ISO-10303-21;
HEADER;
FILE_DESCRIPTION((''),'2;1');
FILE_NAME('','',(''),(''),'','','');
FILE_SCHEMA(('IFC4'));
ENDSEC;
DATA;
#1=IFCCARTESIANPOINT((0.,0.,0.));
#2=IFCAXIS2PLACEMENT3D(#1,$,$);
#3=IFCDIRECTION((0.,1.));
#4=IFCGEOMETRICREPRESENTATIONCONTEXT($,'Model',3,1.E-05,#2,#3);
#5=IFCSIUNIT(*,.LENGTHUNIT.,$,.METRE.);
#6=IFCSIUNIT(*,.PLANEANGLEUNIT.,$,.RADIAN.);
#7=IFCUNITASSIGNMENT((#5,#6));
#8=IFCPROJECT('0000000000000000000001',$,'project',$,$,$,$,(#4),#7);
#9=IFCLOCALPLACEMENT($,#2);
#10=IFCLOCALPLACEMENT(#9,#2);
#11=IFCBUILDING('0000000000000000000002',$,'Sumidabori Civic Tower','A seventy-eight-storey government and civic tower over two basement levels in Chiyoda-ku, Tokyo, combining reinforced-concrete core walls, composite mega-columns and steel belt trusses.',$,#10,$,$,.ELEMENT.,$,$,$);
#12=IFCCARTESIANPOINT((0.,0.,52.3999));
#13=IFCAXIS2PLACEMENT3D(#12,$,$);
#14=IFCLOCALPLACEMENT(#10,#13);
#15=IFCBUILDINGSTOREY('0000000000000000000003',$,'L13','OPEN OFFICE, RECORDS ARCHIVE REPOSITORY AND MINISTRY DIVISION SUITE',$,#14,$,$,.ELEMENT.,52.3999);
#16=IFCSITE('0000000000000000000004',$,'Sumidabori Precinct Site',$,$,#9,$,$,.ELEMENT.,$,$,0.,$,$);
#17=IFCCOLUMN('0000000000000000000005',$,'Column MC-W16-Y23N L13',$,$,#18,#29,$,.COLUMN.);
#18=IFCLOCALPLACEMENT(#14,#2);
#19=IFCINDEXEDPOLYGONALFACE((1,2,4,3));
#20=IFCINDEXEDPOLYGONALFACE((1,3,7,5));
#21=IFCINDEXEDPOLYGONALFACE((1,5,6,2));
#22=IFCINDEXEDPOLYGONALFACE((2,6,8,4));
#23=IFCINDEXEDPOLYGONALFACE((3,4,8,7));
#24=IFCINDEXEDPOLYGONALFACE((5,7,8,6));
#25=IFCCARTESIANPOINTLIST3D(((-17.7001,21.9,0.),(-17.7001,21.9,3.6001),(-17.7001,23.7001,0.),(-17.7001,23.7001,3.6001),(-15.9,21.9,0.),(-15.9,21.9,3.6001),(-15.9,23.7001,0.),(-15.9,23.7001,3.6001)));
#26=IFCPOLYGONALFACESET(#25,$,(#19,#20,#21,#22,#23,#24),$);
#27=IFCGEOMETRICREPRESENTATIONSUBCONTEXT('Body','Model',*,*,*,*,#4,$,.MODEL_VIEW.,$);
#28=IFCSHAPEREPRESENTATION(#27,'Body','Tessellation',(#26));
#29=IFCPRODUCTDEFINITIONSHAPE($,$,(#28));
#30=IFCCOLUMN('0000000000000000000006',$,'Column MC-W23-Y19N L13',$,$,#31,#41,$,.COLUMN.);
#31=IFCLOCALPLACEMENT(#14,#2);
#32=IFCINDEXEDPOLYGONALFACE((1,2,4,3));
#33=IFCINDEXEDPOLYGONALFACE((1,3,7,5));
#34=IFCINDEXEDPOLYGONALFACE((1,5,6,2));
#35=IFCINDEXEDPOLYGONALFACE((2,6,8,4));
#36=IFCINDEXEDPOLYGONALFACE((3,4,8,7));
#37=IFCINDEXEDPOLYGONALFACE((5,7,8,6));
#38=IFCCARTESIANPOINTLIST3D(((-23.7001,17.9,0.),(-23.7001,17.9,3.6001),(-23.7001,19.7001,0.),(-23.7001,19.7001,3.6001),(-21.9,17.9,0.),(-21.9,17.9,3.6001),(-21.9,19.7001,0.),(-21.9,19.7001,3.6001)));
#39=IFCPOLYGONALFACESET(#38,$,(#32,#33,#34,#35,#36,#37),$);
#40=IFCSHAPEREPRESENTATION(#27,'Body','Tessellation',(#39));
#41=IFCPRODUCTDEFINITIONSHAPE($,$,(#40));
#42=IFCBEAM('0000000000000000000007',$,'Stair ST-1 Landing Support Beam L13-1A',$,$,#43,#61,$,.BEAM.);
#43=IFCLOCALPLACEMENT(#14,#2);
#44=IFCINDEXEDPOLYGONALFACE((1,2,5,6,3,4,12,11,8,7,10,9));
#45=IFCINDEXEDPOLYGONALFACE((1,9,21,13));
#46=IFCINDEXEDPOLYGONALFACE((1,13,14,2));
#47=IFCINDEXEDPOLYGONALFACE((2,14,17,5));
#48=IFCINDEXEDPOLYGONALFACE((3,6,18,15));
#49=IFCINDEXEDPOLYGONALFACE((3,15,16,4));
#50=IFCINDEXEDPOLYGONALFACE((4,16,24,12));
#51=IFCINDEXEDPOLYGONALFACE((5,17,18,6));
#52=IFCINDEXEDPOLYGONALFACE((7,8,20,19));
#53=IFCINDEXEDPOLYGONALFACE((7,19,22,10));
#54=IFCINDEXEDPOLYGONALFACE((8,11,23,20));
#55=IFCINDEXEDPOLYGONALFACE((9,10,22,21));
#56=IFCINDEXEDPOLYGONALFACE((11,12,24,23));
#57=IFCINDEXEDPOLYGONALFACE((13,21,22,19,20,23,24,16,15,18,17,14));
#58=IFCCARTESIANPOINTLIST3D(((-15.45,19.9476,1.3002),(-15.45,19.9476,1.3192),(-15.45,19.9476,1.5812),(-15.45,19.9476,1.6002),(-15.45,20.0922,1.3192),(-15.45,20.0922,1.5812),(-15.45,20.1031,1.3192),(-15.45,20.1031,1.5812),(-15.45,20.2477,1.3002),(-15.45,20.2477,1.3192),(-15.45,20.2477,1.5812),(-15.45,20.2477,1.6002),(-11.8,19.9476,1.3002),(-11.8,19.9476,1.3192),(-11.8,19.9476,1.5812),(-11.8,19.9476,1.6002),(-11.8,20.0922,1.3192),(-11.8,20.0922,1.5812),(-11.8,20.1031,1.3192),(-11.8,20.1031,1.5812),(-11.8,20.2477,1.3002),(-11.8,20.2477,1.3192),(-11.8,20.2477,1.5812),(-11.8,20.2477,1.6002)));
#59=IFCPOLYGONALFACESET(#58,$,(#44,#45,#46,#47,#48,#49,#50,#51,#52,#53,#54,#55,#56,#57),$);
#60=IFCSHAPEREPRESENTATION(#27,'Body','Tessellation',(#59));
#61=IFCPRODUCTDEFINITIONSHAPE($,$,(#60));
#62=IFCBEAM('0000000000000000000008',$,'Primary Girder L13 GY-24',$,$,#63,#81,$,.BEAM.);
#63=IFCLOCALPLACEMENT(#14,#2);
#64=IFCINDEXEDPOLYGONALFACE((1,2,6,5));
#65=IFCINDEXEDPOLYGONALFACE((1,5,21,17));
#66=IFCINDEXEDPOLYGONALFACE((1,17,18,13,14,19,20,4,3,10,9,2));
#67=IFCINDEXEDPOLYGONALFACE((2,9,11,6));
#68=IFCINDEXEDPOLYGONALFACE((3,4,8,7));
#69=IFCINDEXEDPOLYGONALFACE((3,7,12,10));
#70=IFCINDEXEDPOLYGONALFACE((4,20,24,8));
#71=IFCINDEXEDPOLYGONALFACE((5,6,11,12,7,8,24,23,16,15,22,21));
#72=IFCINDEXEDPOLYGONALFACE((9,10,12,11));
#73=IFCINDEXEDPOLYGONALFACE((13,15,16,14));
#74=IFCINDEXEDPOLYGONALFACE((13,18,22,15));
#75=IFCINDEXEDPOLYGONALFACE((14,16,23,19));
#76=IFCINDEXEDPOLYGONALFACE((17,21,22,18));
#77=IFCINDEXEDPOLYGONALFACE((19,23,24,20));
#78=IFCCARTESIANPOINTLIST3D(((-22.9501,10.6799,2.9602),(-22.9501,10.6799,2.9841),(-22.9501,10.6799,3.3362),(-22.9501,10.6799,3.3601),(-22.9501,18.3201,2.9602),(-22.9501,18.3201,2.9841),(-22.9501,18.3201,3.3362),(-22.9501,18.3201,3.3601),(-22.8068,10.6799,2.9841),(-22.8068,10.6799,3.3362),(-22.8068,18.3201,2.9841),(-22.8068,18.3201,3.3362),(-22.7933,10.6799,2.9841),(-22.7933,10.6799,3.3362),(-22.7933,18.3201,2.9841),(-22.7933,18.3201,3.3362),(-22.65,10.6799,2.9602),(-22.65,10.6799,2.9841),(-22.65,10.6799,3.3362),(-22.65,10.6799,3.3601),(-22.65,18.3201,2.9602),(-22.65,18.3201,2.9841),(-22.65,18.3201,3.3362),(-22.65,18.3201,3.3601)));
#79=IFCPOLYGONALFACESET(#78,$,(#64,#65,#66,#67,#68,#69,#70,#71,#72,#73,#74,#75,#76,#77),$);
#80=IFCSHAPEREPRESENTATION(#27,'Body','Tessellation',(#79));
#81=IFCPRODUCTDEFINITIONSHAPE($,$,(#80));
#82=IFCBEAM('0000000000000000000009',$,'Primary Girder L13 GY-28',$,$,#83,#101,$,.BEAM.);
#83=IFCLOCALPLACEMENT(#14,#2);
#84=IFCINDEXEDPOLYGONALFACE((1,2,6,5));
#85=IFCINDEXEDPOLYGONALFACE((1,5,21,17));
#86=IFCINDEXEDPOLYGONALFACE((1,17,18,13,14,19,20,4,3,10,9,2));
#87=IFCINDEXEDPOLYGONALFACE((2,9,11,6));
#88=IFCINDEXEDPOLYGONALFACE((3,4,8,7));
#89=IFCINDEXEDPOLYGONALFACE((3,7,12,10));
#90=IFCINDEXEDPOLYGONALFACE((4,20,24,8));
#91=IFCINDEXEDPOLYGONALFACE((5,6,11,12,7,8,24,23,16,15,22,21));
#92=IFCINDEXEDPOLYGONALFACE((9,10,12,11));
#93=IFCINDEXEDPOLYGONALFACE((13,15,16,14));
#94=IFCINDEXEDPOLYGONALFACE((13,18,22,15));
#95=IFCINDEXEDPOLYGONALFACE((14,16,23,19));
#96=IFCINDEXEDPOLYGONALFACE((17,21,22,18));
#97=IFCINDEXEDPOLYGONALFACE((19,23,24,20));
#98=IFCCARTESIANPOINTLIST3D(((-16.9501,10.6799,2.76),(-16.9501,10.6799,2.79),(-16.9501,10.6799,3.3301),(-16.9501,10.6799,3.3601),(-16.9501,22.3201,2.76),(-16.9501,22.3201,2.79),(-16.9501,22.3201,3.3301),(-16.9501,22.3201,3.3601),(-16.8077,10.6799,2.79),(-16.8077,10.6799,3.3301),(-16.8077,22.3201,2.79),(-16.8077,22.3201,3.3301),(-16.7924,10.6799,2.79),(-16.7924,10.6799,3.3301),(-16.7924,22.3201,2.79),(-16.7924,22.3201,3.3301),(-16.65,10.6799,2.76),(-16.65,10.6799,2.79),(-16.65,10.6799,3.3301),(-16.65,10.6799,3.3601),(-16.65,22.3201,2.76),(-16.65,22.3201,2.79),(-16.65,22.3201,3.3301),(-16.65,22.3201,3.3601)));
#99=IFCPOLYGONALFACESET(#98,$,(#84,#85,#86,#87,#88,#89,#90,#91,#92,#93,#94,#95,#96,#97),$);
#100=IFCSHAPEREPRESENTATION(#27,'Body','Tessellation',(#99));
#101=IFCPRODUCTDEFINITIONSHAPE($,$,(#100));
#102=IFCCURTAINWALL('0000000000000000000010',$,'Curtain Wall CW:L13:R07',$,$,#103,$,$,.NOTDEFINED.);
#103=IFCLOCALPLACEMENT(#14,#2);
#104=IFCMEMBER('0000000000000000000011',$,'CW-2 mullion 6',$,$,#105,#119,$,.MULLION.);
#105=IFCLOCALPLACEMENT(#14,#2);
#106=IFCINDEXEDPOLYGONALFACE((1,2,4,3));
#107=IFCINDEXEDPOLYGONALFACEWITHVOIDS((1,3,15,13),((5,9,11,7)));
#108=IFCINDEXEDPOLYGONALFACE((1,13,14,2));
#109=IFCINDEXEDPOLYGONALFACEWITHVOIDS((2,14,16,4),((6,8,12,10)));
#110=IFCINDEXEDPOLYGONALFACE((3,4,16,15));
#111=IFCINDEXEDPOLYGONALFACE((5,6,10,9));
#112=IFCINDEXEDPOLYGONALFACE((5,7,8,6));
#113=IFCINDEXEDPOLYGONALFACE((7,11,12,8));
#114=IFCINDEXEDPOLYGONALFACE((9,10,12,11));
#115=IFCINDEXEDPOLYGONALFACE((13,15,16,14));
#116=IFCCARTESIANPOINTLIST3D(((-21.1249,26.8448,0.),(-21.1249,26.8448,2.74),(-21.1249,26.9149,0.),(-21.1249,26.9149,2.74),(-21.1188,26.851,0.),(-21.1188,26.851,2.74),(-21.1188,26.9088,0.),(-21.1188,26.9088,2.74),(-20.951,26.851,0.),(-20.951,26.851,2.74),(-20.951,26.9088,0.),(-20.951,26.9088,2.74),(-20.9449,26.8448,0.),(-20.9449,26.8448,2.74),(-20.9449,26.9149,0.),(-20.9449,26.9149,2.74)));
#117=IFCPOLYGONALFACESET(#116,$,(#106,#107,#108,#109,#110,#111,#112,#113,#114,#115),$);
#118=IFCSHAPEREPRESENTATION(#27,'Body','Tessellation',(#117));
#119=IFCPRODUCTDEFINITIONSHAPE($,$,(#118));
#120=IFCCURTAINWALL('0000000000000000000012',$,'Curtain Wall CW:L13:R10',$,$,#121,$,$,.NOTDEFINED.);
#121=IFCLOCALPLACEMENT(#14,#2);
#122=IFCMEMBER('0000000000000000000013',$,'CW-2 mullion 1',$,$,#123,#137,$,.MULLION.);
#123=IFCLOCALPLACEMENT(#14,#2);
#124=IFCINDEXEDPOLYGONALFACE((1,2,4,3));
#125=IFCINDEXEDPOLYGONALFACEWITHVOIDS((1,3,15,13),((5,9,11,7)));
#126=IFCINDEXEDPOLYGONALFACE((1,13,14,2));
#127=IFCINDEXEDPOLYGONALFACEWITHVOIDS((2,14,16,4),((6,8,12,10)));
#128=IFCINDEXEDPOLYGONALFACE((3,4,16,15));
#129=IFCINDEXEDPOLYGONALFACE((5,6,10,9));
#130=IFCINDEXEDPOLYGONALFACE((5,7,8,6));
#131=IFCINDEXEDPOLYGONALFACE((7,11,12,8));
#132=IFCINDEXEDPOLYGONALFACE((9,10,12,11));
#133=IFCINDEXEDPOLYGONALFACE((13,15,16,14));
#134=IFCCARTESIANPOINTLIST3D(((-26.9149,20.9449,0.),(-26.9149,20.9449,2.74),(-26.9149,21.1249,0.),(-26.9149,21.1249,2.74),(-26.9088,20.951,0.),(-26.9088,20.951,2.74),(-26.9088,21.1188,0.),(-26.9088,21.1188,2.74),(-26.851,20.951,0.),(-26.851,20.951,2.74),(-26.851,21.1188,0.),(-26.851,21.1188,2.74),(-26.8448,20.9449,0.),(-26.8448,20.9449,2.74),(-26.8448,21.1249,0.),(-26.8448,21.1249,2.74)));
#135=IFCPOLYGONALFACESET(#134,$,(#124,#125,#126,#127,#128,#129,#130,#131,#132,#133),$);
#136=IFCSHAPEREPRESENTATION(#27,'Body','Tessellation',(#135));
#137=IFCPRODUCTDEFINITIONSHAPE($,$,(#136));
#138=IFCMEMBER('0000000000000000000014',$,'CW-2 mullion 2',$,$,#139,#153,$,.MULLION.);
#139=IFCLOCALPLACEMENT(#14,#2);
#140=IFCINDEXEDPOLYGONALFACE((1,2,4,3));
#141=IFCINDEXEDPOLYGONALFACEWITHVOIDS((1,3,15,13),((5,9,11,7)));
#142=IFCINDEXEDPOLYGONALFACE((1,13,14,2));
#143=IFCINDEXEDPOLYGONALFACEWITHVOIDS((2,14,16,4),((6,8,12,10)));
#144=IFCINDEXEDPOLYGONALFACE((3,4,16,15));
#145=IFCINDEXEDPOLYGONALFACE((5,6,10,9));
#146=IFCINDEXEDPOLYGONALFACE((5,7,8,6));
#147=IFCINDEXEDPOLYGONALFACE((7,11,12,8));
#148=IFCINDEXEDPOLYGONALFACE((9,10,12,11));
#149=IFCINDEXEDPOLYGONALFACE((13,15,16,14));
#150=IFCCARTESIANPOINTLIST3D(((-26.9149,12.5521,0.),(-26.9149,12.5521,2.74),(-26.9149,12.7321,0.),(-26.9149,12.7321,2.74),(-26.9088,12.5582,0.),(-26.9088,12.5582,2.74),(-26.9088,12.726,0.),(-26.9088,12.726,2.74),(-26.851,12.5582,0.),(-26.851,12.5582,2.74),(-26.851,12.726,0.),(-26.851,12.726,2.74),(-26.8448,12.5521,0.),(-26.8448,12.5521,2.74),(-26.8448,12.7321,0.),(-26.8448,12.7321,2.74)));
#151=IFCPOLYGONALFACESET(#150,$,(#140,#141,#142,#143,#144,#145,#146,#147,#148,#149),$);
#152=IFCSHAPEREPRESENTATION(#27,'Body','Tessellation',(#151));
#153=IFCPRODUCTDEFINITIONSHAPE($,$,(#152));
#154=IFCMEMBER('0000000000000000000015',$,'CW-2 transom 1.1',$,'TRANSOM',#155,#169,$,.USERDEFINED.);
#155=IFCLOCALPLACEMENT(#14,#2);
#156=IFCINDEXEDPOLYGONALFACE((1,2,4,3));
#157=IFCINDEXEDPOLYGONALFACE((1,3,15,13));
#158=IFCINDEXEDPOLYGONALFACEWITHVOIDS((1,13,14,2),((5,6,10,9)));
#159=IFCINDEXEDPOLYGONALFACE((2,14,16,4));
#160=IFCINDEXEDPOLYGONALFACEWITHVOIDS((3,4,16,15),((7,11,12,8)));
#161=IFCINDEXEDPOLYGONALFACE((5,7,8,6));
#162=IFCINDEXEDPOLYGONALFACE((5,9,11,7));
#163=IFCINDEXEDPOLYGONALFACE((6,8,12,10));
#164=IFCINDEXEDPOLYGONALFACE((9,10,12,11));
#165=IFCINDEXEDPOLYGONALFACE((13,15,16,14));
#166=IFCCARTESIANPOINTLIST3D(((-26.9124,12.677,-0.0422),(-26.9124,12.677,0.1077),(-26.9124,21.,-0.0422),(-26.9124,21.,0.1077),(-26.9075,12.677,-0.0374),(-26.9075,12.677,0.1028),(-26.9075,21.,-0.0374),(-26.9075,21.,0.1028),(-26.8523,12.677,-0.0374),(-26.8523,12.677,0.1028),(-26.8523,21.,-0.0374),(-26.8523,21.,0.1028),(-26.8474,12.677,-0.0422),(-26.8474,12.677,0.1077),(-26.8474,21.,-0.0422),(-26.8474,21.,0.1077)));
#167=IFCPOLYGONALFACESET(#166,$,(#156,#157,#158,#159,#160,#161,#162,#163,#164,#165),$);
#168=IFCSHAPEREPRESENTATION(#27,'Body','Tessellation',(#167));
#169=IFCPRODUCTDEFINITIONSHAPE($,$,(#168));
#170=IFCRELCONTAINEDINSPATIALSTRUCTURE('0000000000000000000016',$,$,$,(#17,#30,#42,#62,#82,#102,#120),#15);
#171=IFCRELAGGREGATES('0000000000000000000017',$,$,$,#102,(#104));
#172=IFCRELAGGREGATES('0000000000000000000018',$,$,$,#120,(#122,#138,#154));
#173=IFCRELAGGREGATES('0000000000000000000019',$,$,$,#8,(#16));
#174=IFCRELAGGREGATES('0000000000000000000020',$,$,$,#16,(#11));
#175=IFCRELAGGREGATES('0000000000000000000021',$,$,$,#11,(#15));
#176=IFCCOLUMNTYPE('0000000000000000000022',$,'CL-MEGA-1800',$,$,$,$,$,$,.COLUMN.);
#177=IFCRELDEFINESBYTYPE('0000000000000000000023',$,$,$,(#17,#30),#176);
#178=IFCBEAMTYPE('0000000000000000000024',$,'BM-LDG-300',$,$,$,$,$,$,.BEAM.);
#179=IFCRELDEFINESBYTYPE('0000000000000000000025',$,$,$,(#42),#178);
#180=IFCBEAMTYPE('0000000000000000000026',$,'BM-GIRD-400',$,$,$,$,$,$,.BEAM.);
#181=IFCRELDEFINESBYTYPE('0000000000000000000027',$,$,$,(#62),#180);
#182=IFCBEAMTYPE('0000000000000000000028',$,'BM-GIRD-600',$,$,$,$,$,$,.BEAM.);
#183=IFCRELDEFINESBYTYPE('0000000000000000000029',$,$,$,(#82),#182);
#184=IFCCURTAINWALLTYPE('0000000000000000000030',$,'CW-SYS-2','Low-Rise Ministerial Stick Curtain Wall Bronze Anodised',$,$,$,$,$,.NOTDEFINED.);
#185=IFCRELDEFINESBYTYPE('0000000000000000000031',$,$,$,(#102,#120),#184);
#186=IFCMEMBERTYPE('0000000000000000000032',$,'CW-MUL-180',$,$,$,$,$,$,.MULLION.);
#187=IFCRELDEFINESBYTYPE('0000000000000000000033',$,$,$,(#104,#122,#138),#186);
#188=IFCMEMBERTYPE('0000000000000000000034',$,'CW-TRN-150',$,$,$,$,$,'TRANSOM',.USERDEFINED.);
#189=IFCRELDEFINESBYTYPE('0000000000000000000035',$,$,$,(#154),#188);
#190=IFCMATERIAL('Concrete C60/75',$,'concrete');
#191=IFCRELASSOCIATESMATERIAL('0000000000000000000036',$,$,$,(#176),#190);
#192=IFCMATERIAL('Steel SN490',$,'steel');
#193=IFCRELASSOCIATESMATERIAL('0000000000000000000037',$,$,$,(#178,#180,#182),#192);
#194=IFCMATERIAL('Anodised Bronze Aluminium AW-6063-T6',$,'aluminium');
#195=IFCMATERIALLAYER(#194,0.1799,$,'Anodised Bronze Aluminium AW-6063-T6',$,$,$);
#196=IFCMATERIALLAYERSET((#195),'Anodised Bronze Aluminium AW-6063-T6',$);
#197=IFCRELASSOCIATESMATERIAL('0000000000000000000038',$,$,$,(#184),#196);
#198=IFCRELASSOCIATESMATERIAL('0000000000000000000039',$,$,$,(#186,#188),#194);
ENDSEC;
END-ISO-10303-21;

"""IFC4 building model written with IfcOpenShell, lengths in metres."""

from ifc_helpers import new_model, si_unit, direction, frame, origin, origin_2d, place, context, subcontext, project, spatial, rectangle, hollow_rectangle, i_section, extrude, source, transform, mapped, material, layer, layer_set, material_profile, profile_set, type_object, element, aggregate, save


model = new_model("IFC4")

# Units and contexts
model_context = context("Model", 3, precision=1e-05, world=origin(), true_north=direction((0.0, 1.0)))
body_context = subcontext(model_context, "Body", "Model", "MODEL_VIEW")
ifc_project = project(units=[si_unit("LENGTHUNIT", "METRE"), si_unit("PLANEANGLEUNIT", "RADIAN")], contexts=[model_context])

# Site, building, storey
site_placement = place(None, origin())
site = spatial("IfcSite", under=ifc_project, at=site_placement, Name="Sumidabori Precinct Site", CompositionType="ELEMENT", RefElevation=0.0)
building_placement = place(site_placement, origin())
building = spatial("IfcBuilding", under=site, at=building_placement, Name="Sumidabori Civic Tower", Description="A seventy-eight-storey government and civic tower over two basement levels in Chiyoda-ku, Tokyo, combining reinforced-concrete core walls, composite mega-columns and steel belt trusses.", CompositionType="ELEMENT")
storey_placement = place(building_placement, frame((0.0, 0.0, 52.3999)))
storey = spatial("IfcBuildingStorey", under=building, at=storey_placement, Name="L13", Description="OPEN OFFICE, RECORDS ARCHIVE REPOSITORY AND MINISTRY DIVISION SUITE", CompositionType="ELEMENT", Elevation=52.3999)

# Columns
ifc_material_1 = material(Name="Concrete C60/75", Category="concrete")
ifc_material_profile_1 = material_profile(ifc_material_1, rectangle(XDim=1.8, YDim=1.8, at=origin_2d()), Name="RC 1800x1800")
ifc_profile_set_1 = profile_set([ifc_material_profile_1], Name="Concrete C60/75")
column_type = type_object("IfcColumnType", Name="CL-MEGA-1800", PredefinedType="COLUMN", material=ifc_profile_set_1)
shared_shape_1 = source(origin(), body_context, "Body", "SweptSolid", [
    extrude(rectangle(XDim=1.8, YDim=1.8, at=origin_2d()), origin(), (0.0, 0.0, 1.0), 3.6001),
])
for number, where, z_axis, x_axis, name in (
    (1, (-16.8, 22.8, 0.0), (0.0, 0.0, 1.0), (1.0, 0.0, 0.0), "Column MC-W16-Y23N L13"),
    (2, (-22.8, 18.8, 0.0), (0.0, 0.0, 1.0), (1.0, 0.0, 0.0), "Column MC-W23-Y19N L13"),
):
    element("IfcColumn", number, at=place(storey_placement, frame(where, z_axis=z_axis, x_axis=x_axis)), inside=storey, type_object=column_type, Name=name, PredefinedType="COLUMN", context=body_context, shape_type="MappedRepresentation", body=[
        mapped(shared_shape_1, transform((0.0, 0.0, 0.0), x_axis=(1.0, 0.0, 0.0), y_axis=(0.0, 1.0, 0.0), z_axis=(0.0, 0.0, 1.0), scale=1.0)),
    ])

# Beams
ifc_material_2 = material(Name="Steel SN490", Category="steel")
ifc_material_profile_2 = material_profile(ifc_material_2, i_section(OverallWidth=0.3, OverallDepth=0.3, WebThickness=0.011, FlangeThickness=0.019, at=origin_2d()), Name="HE 300 B")
ifc_profile_set_2 = profile_set([ifc_material_profile_2], Name="Steel SN490")
beam_type_1 = type_object("IfcBeamType", Name="BM-LDG-300", PredefinedType="BEAM", material=ifc_profile_set_2)
shared_shape_2 = source(origin(), body_context, "Body", "SweptSolid", [
    extrude(i_section(OverallWidth=0.3, OverallDepth=0.3, WebThickness=0.011, FlangeThickness=0.019, at=origin_2d()), origin(), (0.0, 0.0, 1.0), 3.6499),
])
beam_1_placement = place(storey_placement, frame((-15.45, 20.0977, 1.4502), z_axis=(1.0, 0.0, 0.0), x_axis=(0.0, 1.0, 0.0)))
element("IfcBeam", 3, at=beam_1_placement, inside=storey, type_object=beam_type_1, Name="Stair ST-1 Landing Support Beam L13-1A", PredefinedType="BEAM", context=body_context, shape_type="MappedRepresentation", body=[
    mapped(shared_shape_2, transform((0.0, 0.0, 0.0), x_axis=(1.0, 0.0, 0.0), y_axis=(0.0, 1.0, 0.0), z_axis=(0.0, 0.0, 1.0), scale=1.0)),
])
ifc_material_profile_3 = material_profile(ifc_material_2, i_section(OverallWidth=0.3, OverallDepth=0.3999, WebThickness=0.0134, FlangeThickness=0.0239, at=origin_2d()), Name="HE 400 B")
ifc_profile_set_3 = profile_set([ifc_material_profile_3], Name="Steel SN490")
beam_type_2 = type_object("IfcBeamType", Name="BM-GIRD-400", PredefinedType="BEAM", material=ifc_profile_set_3)
shared_shape_3 = source(origin(), body_context, "Body", "SweptSolid", [
    extrude(i_section(OverallWidth=0.3, OverallDepth=0.3999, WebThickness=0.0134, FlangeThickness=0.0239, at=origin_2d()), origin(), (0.0, 0.0, 1.0), 7.6401),
])
beam_2_placement = place(storey_placement, frame((-22.8, 10.6799, 3.1602), z_axis=(0.0, 1.0, 0.0), x_axis=(-1.0, 0.0, 0.0)))
element("IfcBeam", 4, at=beam_2_placement, inside=storey, type_object=beam_type_2, Name="Primary Girder L13 GY-24", PredefinedType="BEAM", context=body_context, shape_type="MappedRepresentation", body=[
    mapped(shared_shape_3, transform((0.0, 0.0, 0.0), x_axis=(1.0, 0.0, 0.0), y_axis=(0.0, 1.0, 0.0), z_axis=(0.0, 0.0, 1.0), scale=1.0)),
])
ifc_material_profile_4 = material_profile(ifc_material_2, i_section(OverallWidth=0.3, OverallDepth=0.6001, WebThickness=0.0154, FlangeThickness=0.03, at=origin_2d()), Name="HE 600 B")
ifc_profile_set_4 = profile_set([ifc_material_profile_4], Name="Steel SN490")
beam_type_3 = type_object("IfcBeamType", Name="BM-GIRD-600", PredefinedType="BEAM", material=ifc_profile_set_4)
shared_shape_4 = source(origin(), body_context, "Body", "SweptSolid", [
    extrude(i_section(OverallWidth=0.3, OverallDepth=0.6001, WebThickness=0.0154, FlangeThickness=0.03, at=origin_2d()), origin(), (0.0, 0.0, 1.0), 11.6401),
])
beam_3_placement = place(storey_placement, frame((-16.8, 10.6799, 3.0601), z_axis=(0.0, 1.0, 0.0), x_axis=(-1.0, 0.0, 0.0)))
element("IfcBeam", 5, at=beam_3_placement, inside=storey, type_object=beam_type_3, Name="Primary Girder L13 GY-28", PredefinedType="BEAM", context=body_context, shape_type="MappedRepresentation", body=[
    mapped(shared_shape_4, transform((0.0, 0.0, 0.0), x_axis=(1.0, 0.0, 0.0), y_axis=(0.0, 1.0, 0.0), z_axis=(0.0, 0.0, 1.0), scale=1.0)),
])

# Curtain wall, member
ifc_material_3 = material(Name="Anodised Bronze Aluminium AW-6063-T6", Category="aluminium")
ifc_layer_1 = layer(ifc_material_3, 0.1799, Name="Anodised Bronze Aluminium AW-6063-T6")
ifc_layer_set_1 = layer_set([ifc_layer_1], Name="Anodised Bronze Aluminium AW-6063-T6")
curtain_wall_type = type_object("IfcCurtainWallType", Name="CW-SYS-2", Description="Low-Rise Ministerial Stick Curtain Wall Bronze Anodised", PredefinedType="NOTDEFINED", material=ifc_layer_set_1)
curtain_wall_1_placement = place(storey_placement, origin())
curtain_wall_1 = element("IfcCurtainWall", 6, at=curtain_wall_1_placement, inside=storey, type_object=curtain_wall_type, Name="Curtain Wall CW:L13:R07", PredefinedType="NOTDEFINED")
ifc_material_profile_5 = material_profile(ifc_material_3, hollow_rectangle(XDim=0.0701, YDim=0.1799, WallThickness=0.0061, at=origin_2d()), Name="ALU MULLION 180x70")
ifc_profile_set_5 = profile_set([ifc_material_profile_5], Name="Anodised Bronze Aluminium AW-6063-T6")
member_type_1 = type_object("IfcMemberType", Name="CW-MUL-180", PredefinedType="MULLION", material=ifc_profile_set_5)
shared_shape_5 = source(origin(), body_context, "Body", "SweptSolid", [
    extrude(hollow_rectangle(XDim=0.0701, YDim=0.1799, WallThickness=0.0061, at=origin_2d()), origin(), (0.0, 0.0, 1.0), 2.74),
])
member_1_placement = place(storey_placement, frame((-21.0349, 26.8799, 0.0), z_axis=(0.0, 0.0, 1.0), x_axis=(0.0, -1.0, 0.0)))
member_1 = element("IfcMember", 7, at=member_1_placement, type_object=member_type_1, Name="CW-2 mullion 6", PredefinedType="MULLION", context=body_context, shape_type="MappedRepresentation", body=[
    mapped(shared_shape_5, transform((0.0, 0.0, 0.0), x_axis=(1.0, 0.0, 0.0), y_axis=(0.0, 1.0, 0.0), z_axis=(0.0, 0.0, 1.0), scale=1.0)),
])

# Curtain wall, members
curtain_wall_2_placement = place(storey_placement, origin())
curtain_wall_2 = element("IfcCurtainWall", 8, at=curtain_wall_2_placement, inside=storey, type_object=curtain_wall_type, Name="Curtain Wall CW:L13:R10", PredefinedType="NOTDEFINED")
member_2_placement = place(storey_placement, frame((-26.8799, 21.0349, 0.0), z_axis=(0.0, 0.0, 1.0), x_axis=(1.0, 0.0, 0.0)))
member_2 = element("IfcMember", 9, at=member_2_placement, type_object=member_type_1, Name="CW-2 mullion 1", PredefinedType="MULLION", context=body_context, shape_type="MappedRepresentation", body=[
    mapped(shared_shape_5, transform((0.0, 0.0, 0.0), x_axis=(1.0, 0.0, 0.0), y_axis=(0.0, 1.0, 0.0), z_axis=(0.0, 0.0, 1.0), scale=1.0)),
])
member_3_placement = place(storey_placement, frame((-26.8799, 12.6421, 0.0), z_axis=(0.0, 0.0, 1.0), x_axis=(1.0, 0.0, 0.0)))
member_3 = element("IfcMember", 10, at=member_3_placement, type_object=member_type_1, Name="CW-2 mullion 2", PredefinedType="MULLION", context=body_context, shape_type="MappedRepresentation", body=[
    mapped(shared_shape_5, transform((0.0, 0.0, 0.0), x_axis=(1.0, 0.0, 0.0), y_axis=(0.0, 1.0, 0.0), z_axis=(0.0, 0.0, 1.0), scale=1.0)),
])
ifc_material_profile_6 = material_profile(ifc_material_3, hollow_rectangle(XDim=0.0649, YDim=0.1499, WallThickness=0.0049, at=origin_2d()), Name="ALU TRANSOM 150x65")
ifc_profile_set_6 = profile_set([ifc_material_profile_6], Name="Anodised Bronze Aluminium AW-6063-T6")
member_type_2 = type_object("IfcMemberType", Name="CW-TRN-150", ElementType="TRANSOM", PredefinedType="USERDEFINED", material=ifc_profile_set_6)
shared_shape_6 = source(origin(), body_context, "Body", "SweptSolid", [
    extrude(hollow_rectangle(XDim=0.0649, YDim=0.1499, WallThickness=0.0049, at=origin_2d()), origin(), (0.0, 0.0, 1.0), 8.323),
])
member_4_placement = place(storey_placement, frame((-26.8799, 21.0, 0.0327), z_axis=(0.0, -1.0, 0.0), x_axis=(1.0, 0.0, 0.0)))
member_4 = element("IfcMember", 11, at=member_4_placement, type_object=member_type_2, Name="CW-2 transom 1.1", ObjectType="TRANSOM", PredefinedType="USERDEFINED", context=body_context, shape_type="MappedRepresentation", body=[
    mapped(shared_shape_6, transform((0.0, 0.0, 0.0), x_axis=(1.0, 0.0, 0.0), y_axis=(0.0, 1.0, 0.0), z_axis=(0.0, 0.0, 1.0), scale=1.0)),
])

aggregate(curtain_wall_1, [member_1])
aggregate(curtain_wall_2, [member_2, member_3, member_4])

save(model, "model.ifc")
